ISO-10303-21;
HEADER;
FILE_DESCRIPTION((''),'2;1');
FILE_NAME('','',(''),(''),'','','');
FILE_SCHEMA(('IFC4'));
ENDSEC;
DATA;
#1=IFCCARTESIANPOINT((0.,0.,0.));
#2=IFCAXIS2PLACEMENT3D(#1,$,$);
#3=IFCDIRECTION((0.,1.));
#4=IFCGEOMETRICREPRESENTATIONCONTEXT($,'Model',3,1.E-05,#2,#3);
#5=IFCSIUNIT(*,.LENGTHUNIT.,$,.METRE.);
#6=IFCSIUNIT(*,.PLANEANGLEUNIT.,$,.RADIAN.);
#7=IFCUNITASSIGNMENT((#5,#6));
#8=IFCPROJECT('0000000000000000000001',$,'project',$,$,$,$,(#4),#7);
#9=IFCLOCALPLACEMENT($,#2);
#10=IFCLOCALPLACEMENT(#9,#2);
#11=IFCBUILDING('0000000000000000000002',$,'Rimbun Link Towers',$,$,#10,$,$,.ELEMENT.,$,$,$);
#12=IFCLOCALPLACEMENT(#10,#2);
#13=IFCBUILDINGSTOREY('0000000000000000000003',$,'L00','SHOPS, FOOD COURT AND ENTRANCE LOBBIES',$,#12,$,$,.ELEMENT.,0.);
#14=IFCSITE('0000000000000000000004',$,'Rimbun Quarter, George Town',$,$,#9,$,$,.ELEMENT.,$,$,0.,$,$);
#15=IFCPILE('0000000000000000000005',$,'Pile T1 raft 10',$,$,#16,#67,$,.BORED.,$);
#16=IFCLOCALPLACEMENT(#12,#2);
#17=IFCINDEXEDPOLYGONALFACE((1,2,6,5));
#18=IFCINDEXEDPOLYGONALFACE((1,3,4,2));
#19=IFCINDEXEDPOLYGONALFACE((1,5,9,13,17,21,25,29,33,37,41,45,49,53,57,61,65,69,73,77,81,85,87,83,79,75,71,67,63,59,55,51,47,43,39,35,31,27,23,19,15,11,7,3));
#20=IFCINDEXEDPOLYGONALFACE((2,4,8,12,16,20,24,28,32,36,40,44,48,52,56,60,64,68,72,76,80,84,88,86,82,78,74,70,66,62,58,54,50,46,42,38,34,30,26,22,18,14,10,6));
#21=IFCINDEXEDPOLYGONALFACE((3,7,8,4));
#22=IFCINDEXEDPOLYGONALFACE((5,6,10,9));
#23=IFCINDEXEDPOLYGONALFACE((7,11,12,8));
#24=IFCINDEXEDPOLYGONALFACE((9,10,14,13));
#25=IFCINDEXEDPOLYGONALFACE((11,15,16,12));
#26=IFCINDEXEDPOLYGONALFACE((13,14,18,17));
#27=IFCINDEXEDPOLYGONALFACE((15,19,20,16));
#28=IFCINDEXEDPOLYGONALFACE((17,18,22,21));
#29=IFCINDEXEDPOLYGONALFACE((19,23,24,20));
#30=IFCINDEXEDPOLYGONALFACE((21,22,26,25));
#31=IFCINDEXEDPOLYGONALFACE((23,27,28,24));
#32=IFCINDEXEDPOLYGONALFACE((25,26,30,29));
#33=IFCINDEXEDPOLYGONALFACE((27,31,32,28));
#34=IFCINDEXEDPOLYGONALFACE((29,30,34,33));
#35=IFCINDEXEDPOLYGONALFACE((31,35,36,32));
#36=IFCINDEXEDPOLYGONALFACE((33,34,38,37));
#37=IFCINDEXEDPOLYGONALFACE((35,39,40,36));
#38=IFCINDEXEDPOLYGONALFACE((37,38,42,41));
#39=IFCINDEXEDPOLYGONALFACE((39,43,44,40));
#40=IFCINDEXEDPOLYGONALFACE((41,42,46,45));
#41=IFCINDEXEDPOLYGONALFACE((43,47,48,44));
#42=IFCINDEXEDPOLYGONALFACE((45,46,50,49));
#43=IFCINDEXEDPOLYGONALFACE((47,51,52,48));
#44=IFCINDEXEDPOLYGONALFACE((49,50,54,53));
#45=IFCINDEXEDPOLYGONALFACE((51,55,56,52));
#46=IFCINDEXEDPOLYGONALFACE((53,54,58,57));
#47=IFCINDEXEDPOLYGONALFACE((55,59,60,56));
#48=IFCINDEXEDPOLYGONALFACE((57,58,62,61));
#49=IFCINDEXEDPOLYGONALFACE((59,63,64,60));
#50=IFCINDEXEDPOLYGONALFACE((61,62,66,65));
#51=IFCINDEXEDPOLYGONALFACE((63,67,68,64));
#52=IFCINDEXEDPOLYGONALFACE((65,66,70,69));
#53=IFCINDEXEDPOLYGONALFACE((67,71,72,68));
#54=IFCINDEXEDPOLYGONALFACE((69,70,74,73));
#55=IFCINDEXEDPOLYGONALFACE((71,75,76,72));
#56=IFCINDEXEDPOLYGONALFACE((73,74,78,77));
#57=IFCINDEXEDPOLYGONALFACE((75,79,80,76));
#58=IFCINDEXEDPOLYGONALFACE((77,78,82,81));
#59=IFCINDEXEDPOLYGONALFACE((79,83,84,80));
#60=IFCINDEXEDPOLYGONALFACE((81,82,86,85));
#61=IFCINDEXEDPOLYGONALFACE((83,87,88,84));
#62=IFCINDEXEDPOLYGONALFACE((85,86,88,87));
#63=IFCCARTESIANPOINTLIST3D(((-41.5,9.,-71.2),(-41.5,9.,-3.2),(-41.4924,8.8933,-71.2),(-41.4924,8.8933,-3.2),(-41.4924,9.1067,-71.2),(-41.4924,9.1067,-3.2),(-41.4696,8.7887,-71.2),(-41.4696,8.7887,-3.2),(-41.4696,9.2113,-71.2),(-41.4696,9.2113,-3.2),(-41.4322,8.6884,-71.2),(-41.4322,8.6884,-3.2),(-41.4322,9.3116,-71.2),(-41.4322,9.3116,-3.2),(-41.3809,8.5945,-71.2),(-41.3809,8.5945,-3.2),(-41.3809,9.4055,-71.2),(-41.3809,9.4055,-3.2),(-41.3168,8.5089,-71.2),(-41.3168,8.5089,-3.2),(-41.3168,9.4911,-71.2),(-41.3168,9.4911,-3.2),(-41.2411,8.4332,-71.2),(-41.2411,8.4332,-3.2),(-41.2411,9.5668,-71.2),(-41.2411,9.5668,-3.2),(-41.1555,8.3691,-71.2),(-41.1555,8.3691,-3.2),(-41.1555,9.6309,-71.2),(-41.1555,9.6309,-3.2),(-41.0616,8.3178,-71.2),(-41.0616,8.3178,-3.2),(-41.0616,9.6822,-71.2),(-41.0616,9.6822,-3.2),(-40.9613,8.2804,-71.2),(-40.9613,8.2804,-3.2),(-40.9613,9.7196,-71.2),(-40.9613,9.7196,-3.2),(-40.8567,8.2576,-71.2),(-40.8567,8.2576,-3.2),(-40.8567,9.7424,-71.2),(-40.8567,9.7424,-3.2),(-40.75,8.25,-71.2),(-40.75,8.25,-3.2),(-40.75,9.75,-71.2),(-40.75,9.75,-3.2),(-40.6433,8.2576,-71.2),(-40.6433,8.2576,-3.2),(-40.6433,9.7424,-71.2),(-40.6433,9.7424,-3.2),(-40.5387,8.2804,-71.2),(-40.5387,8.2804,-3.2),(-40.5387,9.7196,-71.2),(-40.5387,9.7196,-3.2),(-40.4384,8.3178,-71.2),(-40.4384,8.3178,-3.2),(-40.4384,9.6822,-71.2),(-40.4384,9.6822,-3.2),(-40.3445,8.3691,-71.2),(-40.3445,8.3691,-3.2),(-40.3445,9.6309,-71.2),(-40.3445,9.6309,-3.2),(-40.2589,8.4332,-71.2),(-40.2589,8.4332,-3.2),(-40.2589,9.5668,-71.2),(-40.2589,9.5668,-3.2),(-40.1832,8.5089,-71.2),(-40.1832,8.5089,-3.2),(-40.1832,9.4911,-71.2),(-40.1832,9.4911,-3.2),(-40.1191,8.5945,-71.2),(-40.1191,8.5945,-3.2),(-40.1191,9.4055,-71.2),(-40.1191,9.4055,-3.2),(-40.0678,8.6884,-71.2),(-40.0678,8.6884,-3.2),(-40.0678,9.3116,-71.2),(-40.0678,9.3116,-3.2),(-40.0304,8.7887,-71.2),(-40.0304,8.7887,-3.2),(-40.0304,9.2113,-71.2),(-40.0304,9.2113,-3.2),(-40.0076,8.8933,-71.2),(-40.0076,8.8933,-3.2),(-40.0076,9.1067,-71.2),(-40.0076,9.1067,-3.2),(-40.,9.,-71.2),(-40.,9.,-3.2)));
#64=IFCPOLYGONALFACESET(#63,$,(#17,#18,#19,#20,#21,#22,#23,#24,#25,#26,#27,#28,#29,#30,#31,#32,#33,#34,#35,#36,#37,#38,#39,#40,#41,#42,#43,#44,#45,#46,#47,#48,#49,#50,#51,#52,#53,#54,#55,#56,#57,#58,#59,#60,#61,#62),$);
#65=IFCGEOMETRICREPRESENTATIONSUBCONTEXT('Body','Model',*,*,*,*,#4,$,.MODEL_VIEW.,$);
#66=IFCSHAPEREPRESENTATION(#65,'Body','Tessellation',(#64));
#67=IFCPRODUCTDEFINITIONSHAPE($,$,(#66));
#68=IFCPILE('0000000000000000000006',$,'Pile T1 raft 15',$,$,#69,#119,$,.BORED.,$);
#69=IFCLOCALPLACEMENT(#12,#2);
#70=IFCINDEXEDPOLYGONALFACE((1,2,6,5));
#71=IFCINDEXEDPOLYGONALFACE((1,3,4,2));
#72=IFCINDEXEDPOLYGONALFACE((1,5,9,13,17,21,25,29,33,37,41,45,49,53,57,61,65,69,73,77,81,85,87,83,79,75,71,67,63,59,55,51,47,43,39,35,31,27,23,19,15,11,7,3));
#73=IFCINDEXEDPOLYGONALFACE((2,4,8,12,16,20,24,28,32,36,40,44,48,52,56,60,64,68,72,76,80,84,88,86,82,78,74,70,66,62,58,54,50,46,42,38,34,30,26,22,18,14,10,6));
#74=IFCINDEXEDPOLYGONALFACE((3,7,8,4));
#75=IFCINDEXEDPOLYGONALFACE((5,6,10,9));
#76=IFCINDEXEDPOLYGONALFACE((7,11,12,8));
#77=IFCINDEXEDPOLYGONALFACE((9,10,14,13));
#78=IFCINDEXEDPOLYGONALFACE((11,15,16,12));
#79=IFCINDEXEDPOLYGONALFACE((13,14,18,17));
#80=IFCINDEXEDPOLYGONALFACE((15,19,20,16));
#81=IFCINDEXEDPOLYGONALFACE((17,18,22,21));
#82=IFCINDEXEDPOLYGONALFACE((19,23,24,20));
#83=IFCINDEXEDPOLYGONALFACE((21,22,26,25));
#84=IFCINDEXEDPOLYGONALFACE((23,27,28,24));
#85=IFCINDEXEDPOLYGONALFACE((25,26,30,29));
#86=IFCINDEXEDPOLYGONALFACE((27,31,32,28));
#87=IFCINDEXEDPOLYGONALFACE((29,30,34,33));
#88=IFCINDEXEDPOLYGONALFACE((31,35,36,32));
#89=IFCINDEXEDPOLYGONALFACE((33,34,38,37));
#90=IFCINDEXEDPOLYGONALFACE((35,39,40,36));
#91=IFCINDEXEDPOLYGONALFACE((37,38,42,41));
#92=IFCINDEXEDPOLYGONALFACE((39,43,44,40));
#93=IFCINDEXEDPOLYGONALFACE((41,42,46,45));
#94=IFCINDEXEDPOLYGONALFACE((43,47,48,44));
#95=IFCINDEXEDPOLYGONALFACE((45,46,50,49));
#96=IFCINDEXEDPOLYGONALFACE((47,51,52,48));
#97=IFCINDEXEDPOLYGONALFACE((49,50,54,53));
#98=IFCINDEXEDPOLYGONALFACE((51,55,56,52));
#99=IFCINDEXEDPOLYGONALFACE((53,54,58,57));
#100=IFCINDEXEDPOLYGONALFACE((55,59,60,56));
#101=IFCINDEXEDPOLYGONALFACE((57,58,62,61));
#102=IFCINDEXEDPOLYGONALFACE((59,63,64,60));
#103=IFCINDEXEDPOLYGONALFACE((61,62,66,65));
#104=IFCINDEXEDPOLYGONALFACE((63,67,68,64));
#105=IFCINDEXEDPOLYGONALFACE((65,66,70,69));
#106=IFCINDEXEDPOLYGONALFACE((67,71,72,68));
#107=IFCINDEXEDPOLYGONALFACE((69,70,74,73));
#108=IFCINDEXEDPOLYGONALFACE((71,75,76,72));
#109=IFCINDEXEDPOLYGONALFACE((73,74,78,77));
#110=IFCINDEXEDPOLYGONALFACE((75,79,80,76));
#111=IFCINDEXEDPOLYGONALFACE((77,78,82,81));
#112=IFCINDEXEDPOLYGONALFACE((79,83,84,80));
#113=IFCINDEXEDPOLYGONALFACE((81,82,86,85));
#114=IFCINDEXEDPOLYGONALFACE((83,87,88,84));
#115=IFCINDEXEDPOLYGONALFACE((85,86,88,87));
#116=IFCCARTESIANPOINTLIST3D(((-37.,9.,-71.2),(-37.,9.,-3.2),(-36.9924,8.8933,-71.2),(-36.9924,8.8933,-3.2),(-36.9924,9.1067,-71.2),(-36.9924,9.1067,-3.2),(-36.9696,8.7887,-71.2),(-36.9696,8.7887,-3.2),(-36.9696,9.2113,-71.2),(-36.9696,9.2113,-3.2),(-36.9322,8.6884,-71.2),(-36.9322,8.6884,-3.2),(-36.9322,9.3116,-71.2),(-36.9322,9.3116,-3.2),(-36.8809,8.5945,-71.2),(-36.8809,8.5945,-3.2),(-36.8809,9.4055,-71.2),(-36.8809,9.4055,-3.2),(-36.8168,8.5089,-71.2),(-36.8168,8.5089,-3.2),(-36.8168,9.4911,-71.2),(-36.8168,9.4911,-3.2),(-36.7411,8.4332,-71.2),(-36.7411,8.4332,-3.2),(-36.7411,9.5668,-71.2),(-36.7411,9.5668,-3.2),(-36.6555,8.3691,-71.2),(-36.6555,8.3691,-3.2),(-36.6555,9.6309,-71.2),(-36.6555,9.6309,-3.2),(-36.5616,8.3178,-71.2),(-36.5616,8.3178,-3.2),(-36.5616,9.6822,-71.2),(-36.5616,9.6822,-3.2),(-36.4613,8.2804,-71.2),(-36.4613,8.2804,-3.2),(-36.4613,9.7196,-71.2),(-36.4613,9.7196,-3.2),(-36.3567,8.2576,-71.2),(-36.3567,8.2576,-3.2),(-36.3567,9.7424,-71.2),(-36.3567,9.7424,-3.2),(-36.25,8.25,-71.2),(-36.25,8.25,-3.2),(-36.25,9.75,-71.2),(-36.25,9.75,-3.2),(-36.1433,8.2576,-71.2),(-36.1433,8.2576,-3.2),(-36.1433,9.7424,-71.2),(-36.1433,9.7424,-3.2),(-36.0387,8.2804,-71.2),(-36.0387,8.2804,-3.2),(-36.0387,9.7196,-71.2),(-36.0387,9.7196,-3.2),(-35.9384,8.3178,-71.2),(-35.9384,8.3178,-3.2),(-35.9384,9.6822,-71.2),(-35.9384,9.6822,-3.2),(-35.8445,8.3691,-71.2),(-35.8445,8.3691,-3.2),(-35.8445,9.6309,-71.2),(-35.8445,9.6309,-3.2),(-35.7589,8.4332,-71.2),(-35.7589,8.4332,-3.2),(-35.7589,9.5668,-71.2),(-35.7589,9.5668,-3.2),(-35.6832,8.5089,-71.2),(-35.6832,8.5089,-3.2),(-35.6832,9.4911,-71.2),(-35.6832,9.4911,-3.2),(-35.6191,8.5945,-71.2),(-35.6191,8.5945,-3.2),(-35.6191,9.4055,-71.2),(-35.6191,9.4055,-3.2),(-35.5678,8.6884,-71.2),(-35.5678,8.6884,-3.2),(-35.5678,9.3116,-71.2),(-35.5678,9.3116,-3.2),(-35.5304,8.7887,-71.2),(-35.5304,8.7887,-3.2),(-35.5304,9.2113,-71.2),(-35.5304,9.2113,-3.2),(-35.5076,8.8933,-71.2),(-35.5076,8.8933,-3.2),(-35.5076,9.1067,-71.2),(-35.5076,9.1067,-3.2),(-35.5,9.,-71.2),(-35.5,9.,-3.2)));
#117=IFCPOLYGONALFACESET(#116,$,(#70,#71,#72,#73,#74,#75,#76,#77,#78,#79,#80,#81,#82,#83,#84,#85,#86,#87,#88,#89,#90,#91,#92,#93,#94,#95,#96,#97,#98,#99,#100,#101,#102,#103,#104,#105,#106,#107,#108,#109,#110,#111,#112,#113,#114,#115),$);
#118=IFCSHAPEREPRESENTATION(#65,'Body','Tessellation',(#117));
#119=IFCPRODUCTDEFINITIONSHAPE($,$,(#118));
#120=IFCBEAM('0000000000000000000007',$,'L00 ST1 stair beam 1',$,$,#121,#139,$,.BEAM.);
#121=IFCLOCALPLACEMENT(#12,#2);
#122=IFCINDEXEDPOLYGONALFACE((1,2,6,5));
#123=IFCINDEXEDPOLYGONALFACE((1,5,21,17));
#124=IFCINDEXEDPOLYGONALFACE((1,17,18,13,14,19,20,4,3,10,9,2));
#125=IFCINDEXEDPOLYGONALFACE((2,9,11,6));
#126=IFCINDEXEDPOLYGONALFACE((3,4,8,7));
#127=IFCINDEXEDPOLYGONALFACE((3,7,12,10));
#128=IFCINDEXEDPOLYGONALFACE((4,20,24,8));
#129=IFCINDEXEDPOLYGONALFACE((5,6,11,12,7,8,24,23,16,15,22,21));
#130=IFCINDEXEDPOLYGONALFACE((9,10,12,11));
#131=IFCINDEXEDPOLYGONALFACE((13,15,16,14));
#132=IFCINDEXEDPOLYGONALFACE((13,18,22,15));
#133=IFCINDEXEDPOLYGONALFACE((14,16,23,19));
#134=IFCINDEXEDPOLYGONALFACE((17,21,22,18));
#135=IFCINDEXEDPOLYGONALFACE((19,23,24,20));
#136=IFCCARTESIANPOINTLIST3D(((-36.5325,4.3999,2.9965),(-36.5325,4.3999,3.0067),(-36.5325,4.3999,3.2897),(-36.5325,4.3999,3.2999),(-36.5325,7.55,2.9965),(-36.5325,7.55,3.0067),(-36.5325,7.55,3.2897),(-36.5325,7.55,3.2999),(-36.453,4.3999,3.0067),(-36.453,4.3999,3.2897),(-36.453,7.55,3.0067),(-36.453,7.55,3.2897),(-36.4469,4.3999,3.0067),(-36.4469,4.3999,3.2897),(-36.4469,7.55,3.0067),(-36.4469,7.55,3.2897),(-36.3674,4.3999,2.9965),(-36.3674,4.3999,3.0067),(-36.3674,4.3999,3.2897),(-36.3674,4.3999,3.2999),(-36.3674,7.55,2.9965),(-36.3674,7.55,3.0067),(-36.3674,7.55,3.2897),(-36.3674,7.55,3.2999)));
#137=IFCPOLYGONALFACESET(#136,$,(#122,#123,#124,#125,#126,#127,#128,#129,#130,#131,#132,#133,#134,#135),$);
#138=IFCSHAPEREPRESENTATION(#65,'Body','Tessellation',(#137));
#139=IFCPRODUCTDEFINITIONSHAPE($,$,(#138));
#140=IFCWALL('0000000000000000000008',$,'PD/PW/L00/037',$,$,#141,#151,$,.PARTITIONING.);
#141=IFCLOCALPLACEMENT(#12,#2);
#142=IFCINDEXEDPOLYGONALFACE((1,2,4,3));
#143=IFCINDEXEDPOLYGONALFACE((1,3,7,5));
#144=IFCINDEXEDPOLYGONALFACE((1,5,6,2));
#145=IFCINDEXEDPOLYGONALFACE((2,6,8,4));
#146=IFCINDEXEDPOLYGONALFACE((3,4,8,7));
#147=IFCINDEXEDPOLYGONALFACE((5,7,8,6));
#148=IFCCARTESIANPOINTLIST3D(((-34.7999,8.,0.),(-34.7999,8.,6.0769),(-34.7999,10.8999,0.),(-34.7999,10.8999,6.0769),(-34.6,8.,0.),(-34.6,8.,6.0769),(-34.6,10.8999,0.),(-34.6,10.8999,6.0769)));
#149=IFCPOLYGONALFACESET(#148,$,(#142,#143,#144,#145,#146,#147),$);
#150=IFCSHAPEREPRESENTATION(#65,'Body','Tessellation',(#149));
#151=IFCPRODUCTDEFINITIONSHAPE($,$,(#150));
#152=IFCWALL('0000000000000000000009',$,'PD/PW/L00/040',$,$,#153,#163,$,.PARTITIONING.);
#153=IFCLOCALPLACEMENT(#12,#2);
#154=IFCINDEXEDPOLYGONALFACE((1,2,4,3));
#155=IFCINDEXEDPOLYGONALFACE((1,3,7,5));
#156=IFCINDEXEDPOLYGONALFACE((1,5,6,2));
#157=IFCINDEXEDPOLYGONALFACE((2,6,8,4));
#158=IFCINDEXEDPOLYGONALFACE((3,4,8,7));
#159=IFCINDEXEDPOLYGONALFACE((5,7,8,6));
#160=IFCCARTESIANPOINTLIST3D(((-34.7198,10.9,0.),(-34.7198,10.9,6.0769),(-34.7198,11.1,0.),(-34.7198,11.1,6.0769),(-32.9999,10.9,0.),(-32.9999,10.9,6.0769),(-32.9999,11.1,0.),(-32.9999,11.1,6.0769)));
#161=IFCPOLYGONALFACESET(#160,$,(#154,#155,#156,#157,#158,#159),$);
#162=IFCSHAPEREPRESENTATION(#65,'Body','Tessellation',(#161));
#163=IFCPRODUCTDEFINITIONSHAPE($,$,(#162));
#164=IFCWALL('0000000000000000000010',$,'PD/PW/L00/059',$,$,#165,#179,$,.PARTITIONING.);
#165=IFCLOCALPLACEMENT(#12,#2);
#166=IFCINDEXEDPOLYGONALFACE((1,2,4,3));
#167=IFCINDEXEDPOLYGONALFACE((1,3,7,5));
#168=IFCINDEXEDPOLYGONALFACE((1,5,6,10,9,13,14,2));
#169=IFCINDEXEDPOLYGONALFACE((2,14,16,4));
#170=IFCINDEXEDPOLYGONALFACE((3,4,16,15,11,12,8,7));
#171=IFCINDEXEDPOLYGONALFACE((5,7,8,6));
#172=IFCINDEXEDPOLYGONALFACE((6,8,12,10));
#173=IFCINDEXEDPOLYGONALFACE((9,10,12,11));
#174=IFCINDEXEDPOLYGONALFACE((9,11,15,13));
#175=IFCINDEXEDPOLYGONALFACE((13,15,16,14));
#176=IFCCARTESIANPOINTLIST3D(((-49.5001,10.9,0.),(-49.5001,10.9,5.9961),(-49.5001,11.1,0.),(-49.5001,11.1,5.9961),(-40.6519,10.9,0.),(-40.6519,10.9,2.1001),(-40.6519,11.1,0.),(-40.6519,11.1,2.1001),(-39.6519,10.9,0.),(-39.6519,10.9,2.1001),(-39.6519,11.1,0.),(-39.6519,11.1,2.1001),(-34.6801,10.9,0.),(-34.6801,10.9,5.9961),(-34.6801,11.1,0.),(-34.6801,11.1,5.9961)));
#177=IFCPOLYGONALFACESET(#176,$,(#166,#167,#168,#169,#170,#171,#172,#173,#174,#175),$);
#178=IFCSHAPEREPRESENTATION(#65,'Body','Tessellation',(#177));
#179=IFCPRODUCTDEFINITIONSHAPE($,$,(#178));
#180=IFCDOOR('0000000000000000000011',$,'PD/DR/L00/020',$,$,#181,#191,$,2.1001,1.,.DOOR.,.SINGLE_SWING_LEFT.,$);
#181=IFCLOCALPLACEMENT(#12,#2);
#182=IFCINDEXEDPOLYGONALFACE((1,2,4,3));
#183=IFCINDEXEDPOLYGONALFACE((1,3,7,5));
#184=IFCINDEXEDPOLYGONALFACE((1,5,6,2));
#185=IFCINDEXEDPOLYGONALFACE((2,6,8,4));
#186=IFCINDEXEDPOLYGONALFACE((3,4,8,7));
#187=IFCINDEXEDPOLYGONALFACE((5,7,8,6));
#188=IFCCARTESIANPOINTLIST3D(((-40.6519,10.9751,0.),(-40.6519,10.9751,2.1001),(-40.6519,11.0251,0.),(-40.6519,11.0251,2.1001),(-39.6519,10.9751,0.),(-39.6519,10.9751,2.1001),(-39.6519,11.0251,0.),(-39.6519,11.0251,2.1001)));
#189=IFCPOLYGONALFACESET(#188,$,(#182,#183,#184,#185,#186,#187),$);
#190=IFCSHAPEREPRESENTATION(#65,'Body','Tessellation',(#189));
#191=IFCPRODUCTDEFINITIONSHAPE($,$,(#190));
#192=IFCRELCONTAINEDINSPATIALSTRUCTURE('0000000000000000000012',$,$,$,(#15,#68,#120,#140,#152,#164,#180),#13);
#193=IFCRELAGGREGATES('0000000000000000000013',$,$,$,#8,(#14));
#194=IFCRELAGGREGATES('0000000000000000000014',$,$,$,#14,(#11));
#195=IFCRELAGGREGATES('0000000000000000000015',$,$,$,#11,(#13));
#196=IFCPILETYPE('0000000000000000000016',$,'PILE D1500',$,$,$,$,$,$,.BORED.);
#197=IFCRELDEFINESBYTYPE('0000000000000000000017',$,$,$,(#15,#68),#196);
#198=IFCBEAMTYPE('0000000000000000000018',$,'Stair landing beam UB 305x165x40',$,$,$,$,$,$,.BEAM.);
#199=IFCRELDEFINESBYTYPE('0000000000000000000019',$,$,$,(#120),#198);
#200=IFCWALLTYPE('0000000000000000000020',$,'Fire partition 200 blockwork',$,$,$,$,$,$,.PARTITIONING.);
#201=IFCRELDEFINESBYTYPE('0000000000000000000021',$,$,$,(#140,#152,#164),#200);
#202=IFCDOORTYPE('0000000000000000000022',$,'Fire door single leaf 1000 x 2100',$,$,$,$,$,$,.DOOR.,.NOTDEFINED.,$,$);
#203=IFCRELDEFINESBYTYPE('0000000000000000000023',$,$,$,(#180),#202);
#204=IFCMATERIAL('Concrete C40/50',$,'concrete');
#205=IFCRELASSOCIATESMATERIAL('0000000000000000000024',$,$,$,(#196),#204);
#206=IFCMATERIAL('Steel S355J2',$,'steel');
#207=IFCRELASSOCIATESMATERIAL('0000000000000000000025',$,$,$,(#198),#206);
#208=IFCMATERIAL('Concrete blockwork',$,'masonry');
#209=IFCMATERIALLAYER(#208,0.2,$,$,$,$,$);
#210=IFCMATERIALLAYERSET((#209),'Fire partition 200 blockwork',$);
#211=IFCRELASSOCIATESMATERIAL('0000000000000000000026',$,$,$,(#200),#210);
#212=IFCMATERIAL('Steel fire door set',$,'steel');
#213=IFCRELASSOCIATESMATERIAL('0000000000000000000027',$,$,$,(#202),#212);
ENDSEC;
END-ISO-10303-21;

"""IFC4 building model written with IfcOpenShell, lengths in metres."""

from ifc_helpers import new_model, si_unit, direction, frame, frame_2d, origin, origin_2d, place, context, subcontext, project, spatial, rectangle, circle, i_section, extrude, material, layer, layer_set, material_profile, profile_set, type_object, element, fill, save


model = new_model("IFC4")

# Units and contexts
model_context = context("Model", 3, precision=1e-05, world=origin(), true_north=direction((0.0, 1.0)))
body_context = subcontext(model_context, "Body", "Model", "MODEL_VIEW")
ifc_project = project(units=[si_unit("LENGTHUNIT", "METRE"), si_unit("PLANEANGLEUNIT", "RADIAN")], contexts=[model_context])

# Site, building, storey
site_placement = place(None, origin())
site = spatial("IfcSite", under=ifc_project, at=site_placement, Name="Rimbun Quarter, George Town", CompositionType="ELEMENT", RefElevation=0.0)
building_placement = place(site_placement, origin())
building = spatial("IfcBuilding", under=site, at=building_placement, Name="Rimbun Link Towers", CompositionType="ELEMENT")
storey_placement = place(building_placement, origin())
storey = spatial("IfcBuildingStorey", under=building, at=storey_placement, Name="L00", Description="SHOPS, FOOD COURT AND ENTRANCE LOBBIES", CompositionType="ELEMENT", Elevation=0.0)

# Piles
ifc_material_1 = material(Name="Concrete C40/50", Category="concrete")
ifc_material_profile_1 = material_profile(ifc_material_1, circle(Radius=0.75, at=origin_2d()), Name="PILE D1500")
ifc_profile_set_1 = profile_set([ifc_material_profile_1], Name="Concrete C40/50")
pile_type = type_object("IfcPileType", Name="PILE D1500", PredefinedType="BORED", material=ifc_profile_set_1)
for number, where, z_axis, x_axis, name in (
    (1, (-40.75, 9.0, -3.2), (0.0, 0.0, -1.0), (1.0, 0.0, 0.0), "Pile T1 raft 10"),
    (2, (-36.25, 9.0, -3.2), (0.0, 0.0, -1.0), (1.0, 0.0, 0.0), "Pile T1 raft 15"),
):
    element("IfcPile", number, at=place(storey_placement, frame(where, z_axis=z_axis, x_axis=x_axis)), inside=storey, type_object=pile_type, Name=name, PredefinedType="BORED", context=body_context, shape_type="SweptSolid", body=[
        extrude(circle(Radius=0.75, at=origin_2d()), origin(), (0.0, 0.0, 1.0), 68.0),
    ])

# Beam
ifc_material_2 = material(Name="Steel S355J2", Category="steel")
ifc_material_profile_2 = material_profile(ifc_material_2, i_section(OverallWidth=0.165, OverallDepth=0.3035, WebThickness=0.0061, FlangeThickness=0.0103, at=origin_2d()), Name="UB 305x165x40")
ifc_profile_set_2 = profile_set([ifc_material_profile_2], Name="Steel S355J2")
beam_type = type_object("IfcBeamType", Name="Stair landing beam UB 305x165x40", PredefinedType="BEAM", material=ifc_profile_set_2)
beam_placement = place(storey_placement, frame((-36.45, 7.55, 3.1482), z_axis=(0.0, -1.0, 0.0), x_axis=(1.0, 0.0, 0.0)))
element("IfcBeam", 3, at=beam_placement, inside=storey, type_object=beam_type, Name="L00 ST1 stair beam 1", PredefinedType="BEAM", context=body_context, shape_type="SweptSolid", body=[
    extrude(i_section(OverallWidth=0.165, OverallDepth=0.3035, WebThickness=0.0061, FlangeThickness=0.0103, at=origin_2d()), origin(), (0.0, 0.0, 1.0), 3.1501),
])

# Walls
ifc_material_3 = material(Name="Concrete blockwork", Category="masonry")
ifc_layer = layer(ifc_material_3, 0.2)
ifc_layer_set = layer_set([ifc_layer], Name="Fire partition 200 blockwork")
wall_type = type_object("IfcWallType", Name="Fire partition 200 blockwork", PredefinedType="PARTITIONING", material=ifc_layer_set)
wall_1_placement = place(storey_placement, frame((-34.7, 10.8999, 0.0), z_axis=(0.0, 0.0, 1.0), x_axis=(0.0, -1.0, 0.0)))
element("IfcWall", 4, at=wall_1_placement, inside=storey, type_object=wall_type, Name="PD/PW/L00/037", PredefinedType="PARTITIONING", context=body_context, shape_type="SweptSolid", body=[
    extrude(rectangle(XDim=2.8999, YDim=0.2, at=frame_2d((1.45, 0.0))), origin(), (0.0, 0.0, 1.0), 6.0769),
])
wall_2_placement = place(storey_placement, frame((-33.0, 11.0, 0.0), z_axis=(0.0, 0.0, 1.0), x_axis=(-1.0, 0.0, 0.0)))
element("IfcWall", 5, at=wall_2_placement, inside=storey, type_object=wall_type, Name="PD/PW/L00/040", PredefinedType="PARTITIONING", context=body_context, shape_type="SweptSolid", body=[
    extrude(rectangle(XDim=1.72, YDim=0.2, at=frame_2d((0.8599, 0.0))), origin(), (0.0, 0.0, 1.0), 6.0769),
])

# Wall, opening, door
wall_3_placement = place(storey_placement, frame((-34.6799, 11.0, 0.0), z_axis=(0.0, 0.0, 1.0), x_axis=(-1.0, 0.0, 0.0)))
wall_3 = element("IfcWall", 6, at=wall_3_placement, inside=storey, type_object=wall_type, Name="PD/PW/L00/059", PredefinedType="PARTITIONING", context=body_context, shape_type="SweptSolid", body=[
    extrude(rectangle(XDim=14.8201, YDim=0.2, at=frame_2d((7.4102, 0.0))), origin(), (0.0, 0.0, 1.0), 5.9961),
])
opening_placement = place(wall_3_placement, frame((4.9719, 0.0, 0.0)))
opening = element("IfcOpeningElement", 7, at=opening_placement, cuts=wall_3, PredefinedType="OPENING", context=body_context, shape_type="SweptSolid", body=[
    extrude(rectangle(XDim=1.0, YDim=2.1001, at=frame_2d((0.5, 1.05))), frame((0.0, 0.1099, 0.0), z_axis=(0.0, -1.0, 0.0), x_axis=(1.0, 0.0, 0.0)), (0.0, 0.0, 1.0), 0.22),
])
ifc_material_4 = material(Name="Steel fire door set", Category="steel")
door_type = type_object("IfcDoorType", Name="Fire door single leaf 1000 x 2100", OperationType="NOTDEFINED", PredefinedType="DOOR", material=ifc_material_4)
door_placement = place(opening_placement, origin())
door = element("IfcDoor", 8, at=door_placement, inside=storey, type_object=door_type, Name="PD/DR/L00/020", OperationType="SINGLE_SWING_LEFT", OverallHeight=2.1001, OverallWidth=1.0, PredefinedType="DOOR", context=body_context, shape_type="SweptSolid", body=[
    extrude(rectangle(XDim=1.0, YDim=2.1001, at=frame_2d((0.5, 1.05))), frame((0.0, 0.0249, 0.0), z_axis=(0.0, -1.0, 0.0), x_axis=(1.0, 0.0, 0.0)), (0.0, 0.0, 1.0), 0.05),
])
fill(opening, door)

save(model, "model.ifc")
